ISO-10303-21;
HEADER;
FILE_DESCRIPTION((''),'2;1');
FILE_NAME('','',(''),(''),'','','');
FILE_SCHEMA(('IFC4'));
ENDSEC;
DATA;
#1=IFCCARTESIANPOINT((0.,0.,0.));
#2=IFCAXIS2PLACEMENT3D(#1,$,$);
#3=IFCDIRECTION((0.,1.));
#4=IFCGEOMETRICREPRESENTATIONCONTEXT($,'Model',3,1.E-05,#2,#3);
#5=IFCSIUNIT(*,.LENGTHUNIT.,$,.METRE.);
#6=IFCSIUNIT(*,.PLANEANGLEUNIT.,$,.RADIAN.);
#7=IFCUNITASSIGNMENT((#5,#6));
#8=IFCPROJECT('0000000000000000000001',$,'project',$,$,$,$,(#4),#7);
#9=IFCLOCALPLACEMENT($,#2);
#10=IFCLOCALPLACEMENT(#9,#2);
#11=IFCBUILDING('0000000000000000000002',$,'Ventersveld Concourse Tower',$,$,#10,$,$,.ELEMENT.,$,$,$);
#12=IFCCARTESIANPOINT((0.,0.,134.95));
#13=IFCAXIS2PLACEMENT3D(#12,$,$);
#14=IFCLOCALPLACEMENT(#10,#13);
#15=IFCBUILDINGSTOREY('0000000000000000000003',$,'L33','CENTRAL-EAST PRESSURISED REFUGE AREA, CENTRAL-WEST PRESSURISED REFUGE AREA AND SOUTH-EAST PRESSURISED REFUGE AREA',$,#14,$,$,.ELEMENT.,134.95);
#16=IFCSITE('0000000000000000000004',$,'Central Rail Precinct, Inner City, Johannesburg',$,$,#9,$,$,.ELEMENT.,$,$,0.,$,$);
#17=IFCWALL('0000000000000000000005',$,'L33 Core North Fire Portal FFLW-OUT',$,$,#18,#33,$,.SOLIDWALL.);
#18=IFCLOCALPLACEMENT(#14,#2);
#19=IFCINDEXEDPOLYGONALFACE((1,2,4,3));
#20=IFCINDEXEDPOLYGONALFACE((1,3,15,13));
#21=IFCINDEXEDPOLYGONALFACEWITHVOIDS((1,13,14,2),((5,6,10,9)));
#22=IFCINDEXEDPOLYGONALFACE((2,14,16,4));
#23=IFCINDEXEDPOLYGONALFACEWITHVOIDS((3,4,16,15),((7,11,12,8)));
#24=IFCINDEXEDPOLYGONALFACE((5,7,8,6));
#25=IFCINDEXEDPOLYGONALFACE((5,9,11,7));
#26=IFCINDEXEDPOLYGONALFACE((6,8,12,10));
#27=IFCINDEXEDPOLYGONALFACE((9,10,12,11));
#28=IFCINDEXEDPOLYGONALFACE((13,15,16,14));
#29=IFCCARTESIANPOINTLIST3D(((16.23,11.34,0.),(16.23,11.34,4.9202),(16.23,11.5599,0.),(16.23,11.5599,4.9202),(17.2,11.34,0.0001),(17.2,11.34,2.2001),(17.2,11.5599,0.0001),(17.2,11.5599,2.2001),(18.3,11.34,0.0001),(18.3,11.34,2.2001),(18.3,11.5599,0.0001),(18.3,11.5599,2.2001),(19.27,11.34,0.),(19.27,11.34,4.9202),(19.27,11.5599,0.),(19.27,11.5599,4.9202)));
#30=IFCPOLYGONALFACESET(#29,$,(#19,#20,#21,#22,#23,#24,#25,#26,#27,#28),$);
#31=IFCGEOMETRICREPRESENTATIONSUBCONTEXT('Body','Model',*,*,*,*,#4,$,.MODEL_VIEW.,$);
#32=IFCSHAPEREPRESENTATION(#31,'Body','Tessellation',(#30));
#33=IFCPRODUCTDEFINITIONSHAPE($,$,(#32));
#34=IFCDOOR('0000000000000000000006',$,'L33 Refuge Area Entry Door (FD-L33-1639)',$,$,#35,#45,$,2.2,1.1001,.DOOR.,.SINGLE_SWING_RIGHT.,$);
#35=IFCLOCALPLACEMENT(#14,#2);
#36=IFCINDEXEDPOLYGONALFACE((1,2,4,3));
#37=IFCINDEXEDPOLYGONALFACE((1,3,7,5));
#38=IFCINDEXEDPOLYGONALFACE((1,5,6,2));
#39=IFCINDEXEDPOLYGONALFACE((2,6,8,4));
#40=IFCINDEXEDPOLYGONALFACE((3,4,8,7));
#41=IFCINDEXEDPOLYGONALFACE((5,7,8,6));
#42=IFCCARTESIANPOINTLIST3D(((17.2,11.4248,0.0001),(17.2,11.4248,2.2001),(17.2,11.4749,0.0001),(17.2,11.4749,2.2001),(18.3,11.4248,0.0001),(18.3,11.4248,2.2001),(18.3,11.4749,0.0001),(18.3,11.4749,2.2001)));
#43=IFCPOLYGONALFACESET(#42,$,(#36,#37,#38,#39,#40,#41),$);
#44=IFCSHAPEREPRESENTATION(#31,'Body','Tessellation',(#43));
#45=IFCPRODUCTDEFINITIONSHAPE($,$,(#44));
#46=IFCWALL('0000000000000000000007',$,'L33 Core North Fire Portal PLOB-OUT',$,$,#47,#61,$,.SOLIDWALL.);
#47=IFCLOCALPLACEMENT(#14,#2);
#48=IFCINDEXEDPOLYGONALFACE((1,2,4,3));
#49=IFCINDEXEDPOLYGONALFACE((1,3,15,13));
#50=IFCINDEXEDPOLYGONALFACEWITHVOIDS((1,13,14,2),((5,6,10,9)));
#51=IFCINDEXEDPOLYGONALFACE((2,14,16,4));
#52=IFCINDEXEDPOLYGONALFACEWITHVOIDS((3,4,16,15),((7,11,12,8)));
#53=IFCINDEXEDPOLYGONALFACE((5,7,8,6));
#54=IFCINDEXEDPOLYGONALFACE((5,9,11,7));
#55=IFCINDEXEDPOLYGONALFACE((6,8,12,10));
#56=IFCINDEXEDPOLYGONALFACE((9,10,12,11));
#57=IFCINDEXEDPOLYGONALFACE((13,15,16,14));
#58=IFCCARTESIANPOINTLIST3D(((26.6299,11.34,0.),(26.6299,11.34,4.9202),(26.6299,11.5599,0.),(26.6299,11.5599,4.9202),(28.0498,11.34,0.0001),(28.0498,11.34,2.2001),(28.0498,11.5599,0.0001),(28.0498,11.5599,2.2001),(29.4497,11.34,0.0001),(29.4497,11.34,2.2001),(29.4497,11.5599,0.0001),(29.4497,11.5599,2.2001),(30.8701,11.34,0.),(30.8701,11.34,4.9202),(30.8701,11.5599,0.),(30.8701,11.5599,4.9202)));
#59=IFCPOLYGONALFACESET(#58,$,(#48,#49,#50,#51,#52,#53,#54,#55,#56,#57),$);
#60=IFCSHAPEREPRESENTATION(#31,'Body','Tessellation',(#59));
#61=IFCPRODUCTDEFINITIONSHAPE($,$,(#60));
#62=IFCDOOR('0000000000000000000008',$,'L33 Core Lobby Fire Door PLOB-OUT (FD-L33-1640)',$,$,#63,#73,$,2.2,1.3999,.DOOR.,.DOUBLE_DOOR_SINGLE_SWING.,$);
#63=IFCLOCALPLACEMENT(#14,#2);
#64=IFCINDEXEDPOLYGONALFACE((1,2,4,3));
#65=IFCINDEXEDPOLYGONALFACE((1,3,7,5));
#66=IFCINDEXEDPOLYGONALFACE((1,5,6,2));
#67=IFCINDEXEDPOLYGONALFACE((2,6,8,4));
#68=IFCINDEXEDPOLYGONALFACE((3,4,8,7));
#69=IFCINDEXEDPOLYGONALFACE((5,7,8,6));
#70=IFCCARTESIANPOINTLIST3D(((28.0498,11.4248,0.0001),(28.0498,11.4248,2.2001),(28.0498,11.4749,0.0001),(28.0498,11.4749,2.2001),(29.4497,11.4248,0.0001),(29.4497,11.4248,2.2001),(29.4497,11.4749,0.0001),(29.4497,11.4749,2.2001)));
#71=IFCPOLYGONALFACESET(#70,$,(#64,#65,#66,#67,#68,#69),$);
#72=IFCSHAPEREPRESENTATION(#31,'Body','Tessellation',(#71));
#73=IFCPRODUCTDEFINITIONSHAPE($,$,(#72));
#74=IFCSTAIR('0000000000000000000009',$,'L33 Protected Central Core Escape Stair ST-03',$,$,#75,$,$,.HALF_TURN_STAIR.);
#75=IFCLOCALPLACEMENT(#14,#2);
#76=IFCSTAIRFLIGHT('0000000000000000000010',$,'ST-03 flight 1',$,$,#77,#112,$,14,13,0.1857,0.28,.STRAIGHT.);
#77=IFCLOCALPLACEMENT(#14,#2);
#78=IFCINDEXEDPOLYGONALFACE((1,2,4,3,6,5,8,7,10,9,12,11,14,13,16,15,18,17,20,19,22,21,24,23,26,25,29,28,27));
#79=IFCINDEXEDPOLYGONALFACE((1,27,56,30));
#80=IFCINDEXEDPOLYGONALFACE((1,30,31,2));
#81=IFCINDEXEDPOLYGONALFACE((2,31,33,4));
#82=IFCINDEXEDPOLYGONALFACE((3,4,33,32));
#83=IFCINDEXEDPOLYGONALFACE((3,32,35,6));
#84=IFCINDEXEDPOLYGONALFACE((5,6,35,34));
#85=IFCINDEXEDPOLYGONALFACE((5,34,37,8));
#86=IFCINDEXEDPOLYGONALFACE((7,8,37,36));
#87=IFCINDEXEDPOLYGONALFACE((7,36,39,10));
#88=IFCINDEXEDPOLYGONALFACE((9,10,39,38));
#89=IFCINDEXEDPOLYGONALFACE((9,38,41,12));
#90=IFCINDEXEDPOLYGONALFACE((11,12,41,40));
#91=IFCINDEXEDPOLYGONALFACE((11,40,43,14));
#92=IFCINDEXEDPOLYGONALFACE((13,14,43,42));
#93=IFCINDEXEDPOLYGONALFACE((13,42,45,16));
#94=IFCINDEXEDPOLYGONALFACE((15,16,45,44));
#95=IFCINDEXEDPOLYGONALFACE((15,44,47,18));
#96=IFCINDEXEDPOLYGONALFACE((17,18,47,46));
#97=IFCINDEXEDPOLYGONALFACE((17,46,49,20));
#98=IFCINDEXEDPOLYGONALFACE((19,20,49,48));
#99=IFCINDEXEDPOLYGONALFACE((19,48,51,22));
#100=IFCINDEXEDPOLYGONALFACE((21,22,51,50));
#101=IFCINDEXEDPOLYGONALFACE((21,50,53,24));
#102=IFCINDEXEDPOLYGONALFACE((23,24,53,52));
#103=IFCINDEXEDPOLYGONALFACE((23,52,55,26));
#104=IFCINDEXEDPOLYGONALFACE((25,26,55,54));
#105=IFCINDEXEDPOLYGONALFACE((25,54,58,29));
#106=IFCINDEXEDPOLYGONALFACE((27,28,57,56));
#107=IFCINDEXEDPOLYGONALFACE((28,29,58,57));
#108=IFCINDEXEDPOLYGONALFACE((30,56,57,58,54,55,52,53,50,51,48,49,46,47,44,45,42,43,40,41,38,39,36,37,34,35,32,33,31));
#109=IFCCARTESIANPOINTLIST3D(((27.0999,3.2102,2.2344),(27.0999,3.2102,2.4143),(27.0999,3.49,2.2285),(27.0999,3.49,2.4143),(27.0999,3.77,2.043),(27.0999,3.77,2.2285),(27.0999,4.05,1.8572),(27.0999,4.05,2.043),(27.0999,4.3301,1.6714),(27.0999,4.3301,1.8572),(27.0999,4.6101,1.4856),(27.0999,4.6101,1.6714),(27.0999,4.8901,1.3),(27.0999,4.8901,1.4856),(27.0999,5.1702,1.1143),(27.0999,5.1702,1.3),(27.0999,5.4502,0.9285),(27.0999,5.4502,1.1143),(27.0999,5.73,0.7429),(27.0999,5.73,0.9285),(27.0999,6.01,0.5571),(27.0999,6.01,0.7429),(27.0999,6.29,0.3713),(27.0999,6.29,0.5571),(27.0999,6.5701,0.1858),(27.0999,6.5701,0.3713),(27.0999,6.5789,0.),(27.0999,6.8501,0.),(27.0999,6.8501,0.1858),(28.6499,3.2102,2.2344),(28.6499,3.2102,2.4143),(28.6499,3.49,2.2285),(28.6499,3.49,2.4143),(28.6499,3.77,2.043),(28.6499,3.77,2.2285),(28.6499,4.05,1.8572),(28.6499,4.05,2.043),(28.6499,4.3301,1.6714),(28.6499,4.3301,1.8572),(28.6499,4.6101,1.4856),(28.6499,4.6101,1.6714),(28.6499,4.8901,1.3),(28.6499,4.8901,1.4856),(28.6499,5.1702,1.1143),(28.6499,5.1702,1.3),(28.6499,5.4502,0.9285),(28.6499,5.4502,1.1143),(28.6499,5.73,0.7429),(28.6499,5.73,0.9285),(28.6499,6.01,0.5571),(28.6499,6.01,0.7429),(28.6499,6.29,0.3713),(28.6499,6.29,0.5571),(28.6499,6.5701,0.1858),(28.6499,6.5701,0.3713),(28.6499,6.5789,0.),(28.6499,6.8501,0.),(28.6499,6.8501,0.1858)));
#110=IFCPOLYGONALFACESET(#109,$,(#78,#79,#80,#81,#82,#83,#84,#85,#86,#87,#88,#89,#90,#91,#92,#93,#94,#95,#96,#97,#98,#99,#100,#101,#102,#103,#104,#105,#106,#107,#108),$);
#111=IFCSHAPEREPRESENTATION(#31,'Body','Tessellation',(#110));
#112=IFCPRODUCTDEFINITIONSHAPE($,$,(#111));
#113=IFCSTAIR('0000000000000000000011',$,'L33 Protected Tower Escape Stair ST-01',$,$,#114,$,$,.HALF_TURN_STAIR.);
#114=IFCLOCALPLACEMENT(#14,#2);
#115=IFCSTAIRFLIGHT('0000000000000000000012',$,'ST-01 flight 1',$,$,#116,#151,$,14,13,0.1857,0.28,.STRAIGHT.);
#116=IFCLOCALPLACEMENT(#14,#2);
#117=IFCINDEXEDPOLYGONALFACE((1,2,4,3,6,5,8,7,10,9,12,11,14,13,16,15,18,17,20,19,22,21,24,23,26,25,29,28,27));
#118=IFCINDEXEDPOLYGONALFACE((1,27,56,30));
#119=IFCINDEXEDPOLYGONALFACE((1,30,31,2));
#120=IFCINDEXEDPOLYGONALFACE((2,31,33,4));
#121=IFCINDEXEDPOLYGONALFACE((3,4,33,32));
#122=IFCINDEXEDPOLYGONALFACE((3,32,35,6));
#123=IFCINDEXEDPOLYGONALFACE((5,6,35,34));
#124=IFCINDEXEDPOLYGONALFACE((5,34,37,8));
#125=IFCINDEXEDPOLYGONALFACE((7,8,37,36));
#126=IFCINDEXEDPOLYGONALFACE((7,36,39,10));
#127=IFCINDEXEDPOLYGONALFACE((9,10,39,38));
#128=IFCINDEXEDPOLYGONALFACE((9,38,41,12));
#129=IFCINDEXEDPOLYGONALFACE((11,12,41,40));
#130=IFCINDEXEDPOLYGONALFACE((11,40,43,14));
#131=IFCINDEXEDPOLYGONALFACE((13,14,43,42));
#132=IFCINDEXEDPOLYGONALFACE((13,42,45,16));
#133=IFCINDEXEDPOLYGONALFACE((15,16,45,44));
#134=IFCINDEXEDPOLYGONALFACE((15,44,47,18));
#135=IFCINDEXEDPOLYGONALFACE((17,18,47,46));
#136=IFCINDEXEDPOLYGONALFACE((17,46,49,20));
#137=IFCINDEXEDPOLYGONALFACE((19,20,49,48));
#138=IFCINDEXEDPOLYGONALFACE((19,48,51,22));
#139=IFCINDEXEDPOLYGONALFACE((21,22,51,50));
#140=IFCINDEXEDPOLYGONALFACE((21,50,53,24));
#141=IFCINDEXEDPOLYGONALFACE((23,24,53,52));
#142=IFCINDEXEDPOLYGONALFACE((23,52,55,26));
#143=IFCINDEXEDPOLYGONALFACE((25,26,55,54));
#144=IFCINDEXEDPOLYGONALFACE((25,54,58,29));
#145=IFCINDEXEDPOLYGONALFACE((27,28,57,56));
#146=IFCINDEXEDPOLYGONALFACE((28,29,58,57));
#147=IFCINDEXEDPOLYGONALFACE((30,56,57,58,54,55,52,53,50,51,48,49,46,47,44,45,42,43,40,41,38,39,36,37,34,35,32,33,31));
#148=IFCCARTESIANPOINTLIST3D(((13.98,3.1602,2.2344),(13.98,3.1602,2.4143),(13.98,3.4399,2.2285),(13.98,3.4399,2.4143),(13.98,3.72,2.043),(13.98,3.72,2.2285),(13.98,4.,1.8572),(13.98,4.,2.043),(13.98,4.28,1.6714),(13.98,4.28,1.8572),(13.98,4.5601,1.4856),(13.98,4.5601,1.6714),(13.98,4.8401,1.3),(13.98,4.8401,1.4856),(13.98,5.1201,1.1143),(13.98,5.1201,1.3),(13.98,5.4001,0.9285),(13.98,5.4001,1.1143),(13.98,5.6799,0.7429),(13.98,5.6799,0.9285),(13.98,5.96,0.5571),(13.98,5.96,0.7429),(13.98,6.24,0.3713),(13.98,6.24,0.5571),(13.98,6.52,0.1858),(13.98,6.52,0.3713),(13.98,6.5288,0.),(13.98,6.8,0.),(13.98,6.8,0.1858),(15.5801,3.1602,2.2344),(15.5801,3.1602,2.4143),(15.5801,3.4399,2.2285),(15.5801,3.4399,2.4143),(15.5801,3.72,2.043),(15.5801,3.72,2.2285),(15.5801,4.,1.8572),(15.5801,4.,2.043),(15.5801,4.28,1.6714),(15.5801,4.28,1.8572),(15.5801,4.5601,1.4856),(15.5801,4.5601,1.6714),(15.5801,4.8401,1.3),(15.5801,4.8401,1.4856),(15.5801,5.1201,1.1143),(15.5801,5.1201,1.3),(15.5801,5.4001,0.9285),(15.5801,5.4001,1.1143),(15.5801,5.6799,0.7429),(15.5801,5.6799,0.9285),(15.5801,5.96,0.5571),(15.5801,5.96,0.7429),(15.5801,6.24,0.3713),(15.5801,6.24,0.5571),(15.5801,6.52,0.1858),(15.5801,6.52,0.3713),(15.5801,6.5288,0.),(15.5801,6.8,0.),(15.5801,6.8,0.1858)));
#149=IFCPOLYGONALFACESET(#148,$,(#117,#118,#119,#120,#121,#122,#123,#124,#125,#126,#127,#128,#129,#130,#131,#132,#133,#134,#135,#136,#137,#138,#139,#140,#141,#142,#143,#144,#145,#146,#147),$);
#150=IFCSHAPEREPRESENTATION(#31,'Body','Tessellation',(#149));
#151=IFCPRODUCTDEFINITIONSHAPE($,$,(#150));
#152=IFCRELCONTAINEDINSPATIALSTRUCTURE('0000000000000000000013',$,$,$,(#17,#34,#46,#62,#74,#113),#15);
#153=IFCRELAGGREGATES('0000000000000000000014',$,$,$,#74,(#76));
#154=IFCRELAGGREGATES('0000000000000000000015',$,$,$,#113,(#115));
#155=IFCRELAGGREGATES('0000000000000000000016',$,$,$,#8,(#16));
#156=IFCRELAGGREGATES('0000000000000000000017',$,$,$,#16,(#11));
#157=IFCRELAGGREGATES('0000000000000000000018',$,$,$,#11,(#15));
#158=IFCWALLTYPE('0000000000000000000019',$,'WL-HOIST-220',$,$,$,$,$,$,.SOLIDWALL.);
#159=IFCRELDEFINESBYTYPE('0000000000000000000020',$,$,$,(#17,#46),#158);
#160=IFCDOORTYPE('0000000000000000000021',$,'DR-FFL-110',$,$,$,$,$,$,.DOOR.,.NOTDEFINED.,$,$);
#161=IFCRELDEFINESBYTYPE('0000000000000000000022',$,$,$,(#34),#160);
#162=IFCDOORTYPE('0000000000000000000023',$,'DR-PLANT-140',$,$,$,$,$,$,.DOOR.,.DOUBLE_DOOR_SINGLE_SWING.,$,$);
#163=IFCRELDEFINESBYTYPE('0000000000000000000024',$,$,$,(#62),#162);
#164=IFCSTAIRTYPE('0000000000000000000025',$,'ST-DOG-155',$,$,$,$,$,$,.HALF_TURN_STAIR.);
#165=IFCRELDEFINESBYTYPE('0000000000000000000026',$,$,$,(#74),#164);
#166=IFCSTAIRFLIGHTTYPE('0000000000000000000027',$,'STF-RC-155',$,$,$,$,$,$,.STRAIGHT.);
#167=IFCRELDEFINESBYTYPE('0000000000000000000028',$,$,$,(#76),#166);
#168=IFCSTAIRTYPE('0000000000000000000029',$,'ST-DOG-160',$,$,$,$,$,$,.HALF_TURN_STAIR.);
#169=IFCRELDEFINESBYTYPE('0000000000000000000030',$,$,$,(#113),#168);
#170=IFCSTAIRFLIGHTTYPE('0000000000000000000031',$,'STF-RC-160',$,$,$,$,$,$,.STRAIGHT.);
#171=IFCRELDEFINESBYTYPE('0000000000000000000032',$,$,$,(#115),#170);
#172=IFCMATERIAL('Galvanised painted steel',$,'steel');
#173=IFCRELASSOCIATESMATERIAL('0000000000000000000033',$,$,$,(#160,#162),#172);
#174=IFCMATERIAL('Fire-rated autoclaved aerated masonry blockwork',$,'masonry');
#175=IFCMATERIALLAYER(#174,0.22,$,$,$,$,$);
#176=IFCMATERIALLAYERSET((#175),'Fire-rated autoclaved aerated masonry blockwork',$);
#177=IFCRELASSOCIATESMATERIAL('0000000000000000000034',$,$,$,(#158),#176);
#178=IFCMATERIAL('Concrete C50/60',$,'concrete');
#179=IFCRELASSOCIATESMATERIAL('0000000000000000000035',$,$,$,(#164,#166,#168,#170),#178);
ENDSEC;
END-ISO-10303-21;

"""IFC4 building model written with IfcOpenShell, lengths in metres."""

from ifc_helpers import new_model, si_unit, direction, frame, frame_2d, origin, place, context, subcontext, project, spatial, polyline, rectangle, outline, extrude, material, layer, layer_set, type_object, element, fill, aggregate, save


model = new_model("IFC4")

# Units and contexts
model_context = context("Model", 3, precision=1e-05, world=origin(), true_north=direction((0.0, 1.0)))
body_context = subcontext(model_context, "Body", "Model", "MODEL_VIEW")
ifc_project = project(units=[si_unit("LENGTHUNIT", "METRE"), si_unit("PLANEANGLEUNIT", "RADIAN")], contexts=[model_context])

# Site, building, storey
site_placement = place(None, origin())
site = spatial("IfcSite", under=ifc_project, at=site_placement, Name="Central Rail Precinct, Inner City, Johannesburg", CompositionType="ELEMENT", RefElevation=0.0)
building_placement = place(site_placement, origin())
building = spatial("IfcBuilding", under=site, at=building_placement, Name="Ventersveld Concourse Tower", CompositionType="ELEMENT")
storey_placement = place(building_placement, frame((0.0, 0.0, 134.95)))
storey = spatial("IfcBuildingStorey", under=building, at=storey_placement, Name="L33", Description="CENTRAL-EAST PRESSURISED REFUGE AREA, CENTRAL-WEST PRESSURISED REFUGE AREA AND SOUTH-EAST PRESSURISED REFUGE AREA", CompositionType="ELEMENT", Elevation=134.95)

# Shared definitions
ifc_material_1 = material(Name="Concrete C50/60", Category="concrete")

# Shared definitions
ifc_material_2 = material(Name="Fire-rated autoclaved aerated masonry blockwork", Category="masonry")
ifc_material_3 = material(Name="Galvanised painted steel", Category="steel")
door_type_1 = type_object("IfcDoorType", Name="DR-FFL-110", OperationType="NOTDEFINED", PredefinedType="DOOR", material=ifc_material_3)
ifc_layer_1 = layer(ifc_material_2, 0.22)
ifc_layer_set_1 = layer_set([ifc_layer_1], Name="Fire-rated autoclaved aerated masonry blockwork")
wall_type_1 = type_object("IfcWallType", Name="WL-HOIST-220", PredefinedType="SOLIDWALL", material=ifc_layer_set_1)

# Walls, openings, doors
wall_1_placement = place(storey_placement, frame((16.23, 11.45, 0.0), z_axis=(0.0, 0.0, 1.0), x_axis=(1.0, 0.0, 0.0)))
wall_1 = element("IfcWall", 1, at=wall_1_placement, inside=storey, type_object=wall_type_1, Name="L33 Core North Fire Portal FFLW-OUT", PredefinedType="SOLIDWALL", context=body_context, shape_type="SweptSolid", body=[
    extrude(rectangle(XDim=3.04, YDim=0.22, at=frame_2d((1.52, 0.0))), origin(), (0.0, 0.0, 1.0), 4.9202),
])
opening_1_placement = place(wall_1_placement, frame((0.97, 0.0, 0.0)))
opening_1 = element("IfcOpeningElement", 2, at=opening_1_placement, cuts=wall_1, PredefinedType="OPENING", context=body_context, shape_type="SweptSolid", body=[
    extrude(rectangle(XDim=1.1001, YDim=2.2, at=frame_2d((0.55, 1.1001))), frame((0.0, 0.1201, 0.0), z_axis=(0.0, -1.0, 0.0), x_axis=(1.0, 0.0, 0.0)), (0.0, 0.0, 1.0), 0.24),
])
door_1_placement = place(opening_1_placement, origin())
door_1 = element("IfcDoor", 3, at=door_1_placement, inside=storey, type_object=door_type_1, Name="L33 Refuge Area Entry Door (FD-L33-1639)", OperationType="SINGLE_SWING_RIGHT", OverallHeight=2.2, OverallWidth=1.1001, PredefinedType="DOOR", context=body_context, shape_type="SweptSolid", body=[
    extrude(rectangle(XDim=1.1001, YDim=2.2, at=frame_2d((0.55, 1.1001))), frame((0.0, 0.0249, 0.0), z_axis=(0.0, -1.0, 0.0), x_axis=(1.0, 0.0, 0.0)), (0.0, 0.0, 1.0), 0.05),
])
fill(opening_1, door_1)
wall_2_placement = place(storey_placement, frame((26.6299, 11.45, 0.0), z_axis=(0.0, 0.0, 1.0), x_axis=(1.0, 0.0, 0.0)))
wall_2 = element("IfcWall", 4, at=wall_2_placement, inside=storey, type_object=wall_type_1, Name="L33 Core North Fire Portal PLOB-OUT", PredefinedType="SOLIDWALL", context=body_context, shape_type="SweptSolid", body=[
    extrude(rectangle(XDim=4.2402, YDim=0.22, at=frame_2d((2.1201, 0.0))), origin(), (0.0, 0.0, 1.0), 4.9202),
])
opening_2_placement = place(wall_2_placement, frame((1.4199, 0.0, 0.0)))
opening_2 = element("IfcOpeningElement", 5, at=opening_2_placement, cuts=wall_2, PredefinedType="OPENING", context=body_context, shape_type="SweptSolid", body=[
    extrude(rectangle(XDim=1.3999, YDim=2.2, at=frame_2d((0.7, 1.1001))), frame((0.0, 0.1201, 0.0), z_axis=(0.0, -1.0, 0.0), x_axis=(1.0, 0.0, 0.0)), (0.0, 0.0, 1.0), 0.24),
])
door_type_2 = type_object("IfcDoorType", Name="DR-PLANT-140", OperationType="DOUBLE_DOOR_SINGLE_SWING", PredefinedType="DOOR", material=ifc_material_3)
door_2_placement = place(opening_2_placement, origin())
door_2 = element("IfcDoor", 6, at=door_2_placement, inside=storey, type_object=door_type_2, Name="L33 Core Lobby Fire Door PLOB-OUT (FD-L33-1640)", OperationType="DOUBLE_DOOR_SINGLE_SWING", OverallHeight=2.2, OverallWidth=1.3999, PredefinedType="DOOR", context=body_context, shape_type="SweptSolid", body=[
    extrude(rectangle(XDim=1.3999, YDim=2.2, at=frame_2d((0.7, 1.1001))), frame((0.0, 0.0249, 0.0), z_axis=(0.0, -1.0, 0.0), x_axis=(1.0, 0.0, 0.0)), (0.0, 0.0, 1.0), 0.05),
])
fill(opening_2, door_2)

# Stairs, stair flights
stair_type_1 = type_object("IfcStairType", Name="ST-DOG-155", PredefinedType="HALF_TURN_STAIR", material=ifc_material_1)
stair_1_placement = place(storey_placement, origin())
stair_1 = element("IfcStair", 7, at=stair_1_placement, inside=storey, type_object=stair_type_1, Name="L33 Protected Central Core Escape Stair ST-03", PredefinedType="HALF_TURN_STAIR")
stair_flight_type_1 = type_object("IfcStairFlightType", Name="STF-RC-155", PredefinedType="STRAIGHT", material=ifc_material_1)
stair_flight_1_placement = place(storey_placement, frame((27.875, 6.8501, 0.0), z_axis=(0.0, 0.0, 1.0), x_axis=(0.0, -1.0, 0.0)))
stair_flight_1 = element("IfcStairFlight", 8, at=stair_flight_1_placement, type_object=stair_flight_type_1, Name="ST-03 flight 1", NumberOfRisers=14, NumberOfTreads=13, PredefinedType="STRAIGHT", RiserHeight=0.1857, TreadLength=0.28, context=body_context, shape_type="SweptSolid", body=[
    extrude(outline(polyline([(0.0, 0.0), (0.0, 0.1858), (0.28, 0.1858), (0.28, 0.3713), (0.5601, 0.3713), (0.5601, 0.5571), (0.8401, 0.5571), (0.8401, 0.7429), (1.1201, 0.7429), (1.1201, 0.9285), (1.3999, 0.9285), (1.3999, 1.1143), (1.6799, 1.1143), (1.6799, 1.3), (1.96, 1.3), (1.96, 1.4856), (2.24, 1.4856), (2.24, 1.6714), (2.52, 1.6714), (2.52, 1.8572), (2.8, 1.8572), (2.8, 2.043), (3.0801, 2.043), (3.0801, 2.2285), (3.3601, 2.2285), (3.3601, 2.4143), (3.6399, 2.4143), (3.6399, 2.6001), (3.6399, 2.2344), (0.2712, 0.0), (0.0, 0.0)])), frame((0.0, 0.7749, 0.0), z_axis=(0.0, -1.0, 0.0), x_axis=(1.0, 0.0, 0.0)), (0.0, 0.0, 1.0), 1.55),
])
aggregate(stair_1, [stair_flight_1])
stair_type_2 = type_object("IfcStairType", Name="ST-DOG-160", PredefinedType="HALF_TURN_STAIR", material=ifc_material_1)
stair_2_placement = place(storey_placement, origin())
stair_2 = element("IfcStair", 9, at=stair_2_placement, inside=storey, type_object=stair_type_2, Name="L33 Protected Tower Escape Stair ST-01", PredefinedType="HALF_TURN_STAIR")
stair_flight_type_2 = type_object("IfcStairFlightType", Name="STF-RC-160", PredefinedType="STRAIGHT", material=ifc_material_1)
stair_flight_2_placement = place(storey_placement, frame((14.78, 6.8, 0.0), z_axis=(0.0, 0.0, 1.0), x_axis=(0.0, -1.0, 0.0)))
stair_flight_2 = element("IfcStairFlight", 10, at=stair_flight_2_placement, type_object=stair_flight_type_2, Name="ST-01 flight 1", NumberOfRisers=14, NumberOfTreads=13, PredefinedType="STRAIGHT", RiserHeight=0.1857, TreadLength=0.28, context=body_context, shape_type="SweptSolid", body=[
    extrude(outline(polyline([(0.0, 0.0), (0.0, 0.1858), (0.28, 0.1858), (0.28, 0.3713), (0.5601, 0.3713), (0.5601, 0.5571), (0.8401, 0.5571), (0.8401, 0.7429), (1.1201, 0.7429), (1.1201, 0.9285), (1.3999, 0.9285), (1.3999, 1.1143), (1.6799, 1.1143), (1.6799, 1.3), (1.96, 1.3), (1.96, 1.4856), (2.24, 1.4856), (2.24, 1.6714), (2.52, 1.6714), (2.52, 1.8572), (2.8, 1.8572), (2.8, 2.043), (3.0801, 2.043), (3.0801, 2.2285), (3.3601, 2.2285), (3.3601, 2.4143), (3.6399, 2.4143), (3.6399, 2.6001), (3.6399, 2.2344), (0.2712, 0.0), (0.0, 0.0)])), frame((0.0, 0.8, 0.0), z_axis=(0.0, -1.0, 0.0), x_axis=(1.0, 0.0, 0.0)), (0.0, 0.0, 1.0), 1.6001),
])
aggregate(stair_2, [stair_flight_2])

save(model, "model.ifc")
